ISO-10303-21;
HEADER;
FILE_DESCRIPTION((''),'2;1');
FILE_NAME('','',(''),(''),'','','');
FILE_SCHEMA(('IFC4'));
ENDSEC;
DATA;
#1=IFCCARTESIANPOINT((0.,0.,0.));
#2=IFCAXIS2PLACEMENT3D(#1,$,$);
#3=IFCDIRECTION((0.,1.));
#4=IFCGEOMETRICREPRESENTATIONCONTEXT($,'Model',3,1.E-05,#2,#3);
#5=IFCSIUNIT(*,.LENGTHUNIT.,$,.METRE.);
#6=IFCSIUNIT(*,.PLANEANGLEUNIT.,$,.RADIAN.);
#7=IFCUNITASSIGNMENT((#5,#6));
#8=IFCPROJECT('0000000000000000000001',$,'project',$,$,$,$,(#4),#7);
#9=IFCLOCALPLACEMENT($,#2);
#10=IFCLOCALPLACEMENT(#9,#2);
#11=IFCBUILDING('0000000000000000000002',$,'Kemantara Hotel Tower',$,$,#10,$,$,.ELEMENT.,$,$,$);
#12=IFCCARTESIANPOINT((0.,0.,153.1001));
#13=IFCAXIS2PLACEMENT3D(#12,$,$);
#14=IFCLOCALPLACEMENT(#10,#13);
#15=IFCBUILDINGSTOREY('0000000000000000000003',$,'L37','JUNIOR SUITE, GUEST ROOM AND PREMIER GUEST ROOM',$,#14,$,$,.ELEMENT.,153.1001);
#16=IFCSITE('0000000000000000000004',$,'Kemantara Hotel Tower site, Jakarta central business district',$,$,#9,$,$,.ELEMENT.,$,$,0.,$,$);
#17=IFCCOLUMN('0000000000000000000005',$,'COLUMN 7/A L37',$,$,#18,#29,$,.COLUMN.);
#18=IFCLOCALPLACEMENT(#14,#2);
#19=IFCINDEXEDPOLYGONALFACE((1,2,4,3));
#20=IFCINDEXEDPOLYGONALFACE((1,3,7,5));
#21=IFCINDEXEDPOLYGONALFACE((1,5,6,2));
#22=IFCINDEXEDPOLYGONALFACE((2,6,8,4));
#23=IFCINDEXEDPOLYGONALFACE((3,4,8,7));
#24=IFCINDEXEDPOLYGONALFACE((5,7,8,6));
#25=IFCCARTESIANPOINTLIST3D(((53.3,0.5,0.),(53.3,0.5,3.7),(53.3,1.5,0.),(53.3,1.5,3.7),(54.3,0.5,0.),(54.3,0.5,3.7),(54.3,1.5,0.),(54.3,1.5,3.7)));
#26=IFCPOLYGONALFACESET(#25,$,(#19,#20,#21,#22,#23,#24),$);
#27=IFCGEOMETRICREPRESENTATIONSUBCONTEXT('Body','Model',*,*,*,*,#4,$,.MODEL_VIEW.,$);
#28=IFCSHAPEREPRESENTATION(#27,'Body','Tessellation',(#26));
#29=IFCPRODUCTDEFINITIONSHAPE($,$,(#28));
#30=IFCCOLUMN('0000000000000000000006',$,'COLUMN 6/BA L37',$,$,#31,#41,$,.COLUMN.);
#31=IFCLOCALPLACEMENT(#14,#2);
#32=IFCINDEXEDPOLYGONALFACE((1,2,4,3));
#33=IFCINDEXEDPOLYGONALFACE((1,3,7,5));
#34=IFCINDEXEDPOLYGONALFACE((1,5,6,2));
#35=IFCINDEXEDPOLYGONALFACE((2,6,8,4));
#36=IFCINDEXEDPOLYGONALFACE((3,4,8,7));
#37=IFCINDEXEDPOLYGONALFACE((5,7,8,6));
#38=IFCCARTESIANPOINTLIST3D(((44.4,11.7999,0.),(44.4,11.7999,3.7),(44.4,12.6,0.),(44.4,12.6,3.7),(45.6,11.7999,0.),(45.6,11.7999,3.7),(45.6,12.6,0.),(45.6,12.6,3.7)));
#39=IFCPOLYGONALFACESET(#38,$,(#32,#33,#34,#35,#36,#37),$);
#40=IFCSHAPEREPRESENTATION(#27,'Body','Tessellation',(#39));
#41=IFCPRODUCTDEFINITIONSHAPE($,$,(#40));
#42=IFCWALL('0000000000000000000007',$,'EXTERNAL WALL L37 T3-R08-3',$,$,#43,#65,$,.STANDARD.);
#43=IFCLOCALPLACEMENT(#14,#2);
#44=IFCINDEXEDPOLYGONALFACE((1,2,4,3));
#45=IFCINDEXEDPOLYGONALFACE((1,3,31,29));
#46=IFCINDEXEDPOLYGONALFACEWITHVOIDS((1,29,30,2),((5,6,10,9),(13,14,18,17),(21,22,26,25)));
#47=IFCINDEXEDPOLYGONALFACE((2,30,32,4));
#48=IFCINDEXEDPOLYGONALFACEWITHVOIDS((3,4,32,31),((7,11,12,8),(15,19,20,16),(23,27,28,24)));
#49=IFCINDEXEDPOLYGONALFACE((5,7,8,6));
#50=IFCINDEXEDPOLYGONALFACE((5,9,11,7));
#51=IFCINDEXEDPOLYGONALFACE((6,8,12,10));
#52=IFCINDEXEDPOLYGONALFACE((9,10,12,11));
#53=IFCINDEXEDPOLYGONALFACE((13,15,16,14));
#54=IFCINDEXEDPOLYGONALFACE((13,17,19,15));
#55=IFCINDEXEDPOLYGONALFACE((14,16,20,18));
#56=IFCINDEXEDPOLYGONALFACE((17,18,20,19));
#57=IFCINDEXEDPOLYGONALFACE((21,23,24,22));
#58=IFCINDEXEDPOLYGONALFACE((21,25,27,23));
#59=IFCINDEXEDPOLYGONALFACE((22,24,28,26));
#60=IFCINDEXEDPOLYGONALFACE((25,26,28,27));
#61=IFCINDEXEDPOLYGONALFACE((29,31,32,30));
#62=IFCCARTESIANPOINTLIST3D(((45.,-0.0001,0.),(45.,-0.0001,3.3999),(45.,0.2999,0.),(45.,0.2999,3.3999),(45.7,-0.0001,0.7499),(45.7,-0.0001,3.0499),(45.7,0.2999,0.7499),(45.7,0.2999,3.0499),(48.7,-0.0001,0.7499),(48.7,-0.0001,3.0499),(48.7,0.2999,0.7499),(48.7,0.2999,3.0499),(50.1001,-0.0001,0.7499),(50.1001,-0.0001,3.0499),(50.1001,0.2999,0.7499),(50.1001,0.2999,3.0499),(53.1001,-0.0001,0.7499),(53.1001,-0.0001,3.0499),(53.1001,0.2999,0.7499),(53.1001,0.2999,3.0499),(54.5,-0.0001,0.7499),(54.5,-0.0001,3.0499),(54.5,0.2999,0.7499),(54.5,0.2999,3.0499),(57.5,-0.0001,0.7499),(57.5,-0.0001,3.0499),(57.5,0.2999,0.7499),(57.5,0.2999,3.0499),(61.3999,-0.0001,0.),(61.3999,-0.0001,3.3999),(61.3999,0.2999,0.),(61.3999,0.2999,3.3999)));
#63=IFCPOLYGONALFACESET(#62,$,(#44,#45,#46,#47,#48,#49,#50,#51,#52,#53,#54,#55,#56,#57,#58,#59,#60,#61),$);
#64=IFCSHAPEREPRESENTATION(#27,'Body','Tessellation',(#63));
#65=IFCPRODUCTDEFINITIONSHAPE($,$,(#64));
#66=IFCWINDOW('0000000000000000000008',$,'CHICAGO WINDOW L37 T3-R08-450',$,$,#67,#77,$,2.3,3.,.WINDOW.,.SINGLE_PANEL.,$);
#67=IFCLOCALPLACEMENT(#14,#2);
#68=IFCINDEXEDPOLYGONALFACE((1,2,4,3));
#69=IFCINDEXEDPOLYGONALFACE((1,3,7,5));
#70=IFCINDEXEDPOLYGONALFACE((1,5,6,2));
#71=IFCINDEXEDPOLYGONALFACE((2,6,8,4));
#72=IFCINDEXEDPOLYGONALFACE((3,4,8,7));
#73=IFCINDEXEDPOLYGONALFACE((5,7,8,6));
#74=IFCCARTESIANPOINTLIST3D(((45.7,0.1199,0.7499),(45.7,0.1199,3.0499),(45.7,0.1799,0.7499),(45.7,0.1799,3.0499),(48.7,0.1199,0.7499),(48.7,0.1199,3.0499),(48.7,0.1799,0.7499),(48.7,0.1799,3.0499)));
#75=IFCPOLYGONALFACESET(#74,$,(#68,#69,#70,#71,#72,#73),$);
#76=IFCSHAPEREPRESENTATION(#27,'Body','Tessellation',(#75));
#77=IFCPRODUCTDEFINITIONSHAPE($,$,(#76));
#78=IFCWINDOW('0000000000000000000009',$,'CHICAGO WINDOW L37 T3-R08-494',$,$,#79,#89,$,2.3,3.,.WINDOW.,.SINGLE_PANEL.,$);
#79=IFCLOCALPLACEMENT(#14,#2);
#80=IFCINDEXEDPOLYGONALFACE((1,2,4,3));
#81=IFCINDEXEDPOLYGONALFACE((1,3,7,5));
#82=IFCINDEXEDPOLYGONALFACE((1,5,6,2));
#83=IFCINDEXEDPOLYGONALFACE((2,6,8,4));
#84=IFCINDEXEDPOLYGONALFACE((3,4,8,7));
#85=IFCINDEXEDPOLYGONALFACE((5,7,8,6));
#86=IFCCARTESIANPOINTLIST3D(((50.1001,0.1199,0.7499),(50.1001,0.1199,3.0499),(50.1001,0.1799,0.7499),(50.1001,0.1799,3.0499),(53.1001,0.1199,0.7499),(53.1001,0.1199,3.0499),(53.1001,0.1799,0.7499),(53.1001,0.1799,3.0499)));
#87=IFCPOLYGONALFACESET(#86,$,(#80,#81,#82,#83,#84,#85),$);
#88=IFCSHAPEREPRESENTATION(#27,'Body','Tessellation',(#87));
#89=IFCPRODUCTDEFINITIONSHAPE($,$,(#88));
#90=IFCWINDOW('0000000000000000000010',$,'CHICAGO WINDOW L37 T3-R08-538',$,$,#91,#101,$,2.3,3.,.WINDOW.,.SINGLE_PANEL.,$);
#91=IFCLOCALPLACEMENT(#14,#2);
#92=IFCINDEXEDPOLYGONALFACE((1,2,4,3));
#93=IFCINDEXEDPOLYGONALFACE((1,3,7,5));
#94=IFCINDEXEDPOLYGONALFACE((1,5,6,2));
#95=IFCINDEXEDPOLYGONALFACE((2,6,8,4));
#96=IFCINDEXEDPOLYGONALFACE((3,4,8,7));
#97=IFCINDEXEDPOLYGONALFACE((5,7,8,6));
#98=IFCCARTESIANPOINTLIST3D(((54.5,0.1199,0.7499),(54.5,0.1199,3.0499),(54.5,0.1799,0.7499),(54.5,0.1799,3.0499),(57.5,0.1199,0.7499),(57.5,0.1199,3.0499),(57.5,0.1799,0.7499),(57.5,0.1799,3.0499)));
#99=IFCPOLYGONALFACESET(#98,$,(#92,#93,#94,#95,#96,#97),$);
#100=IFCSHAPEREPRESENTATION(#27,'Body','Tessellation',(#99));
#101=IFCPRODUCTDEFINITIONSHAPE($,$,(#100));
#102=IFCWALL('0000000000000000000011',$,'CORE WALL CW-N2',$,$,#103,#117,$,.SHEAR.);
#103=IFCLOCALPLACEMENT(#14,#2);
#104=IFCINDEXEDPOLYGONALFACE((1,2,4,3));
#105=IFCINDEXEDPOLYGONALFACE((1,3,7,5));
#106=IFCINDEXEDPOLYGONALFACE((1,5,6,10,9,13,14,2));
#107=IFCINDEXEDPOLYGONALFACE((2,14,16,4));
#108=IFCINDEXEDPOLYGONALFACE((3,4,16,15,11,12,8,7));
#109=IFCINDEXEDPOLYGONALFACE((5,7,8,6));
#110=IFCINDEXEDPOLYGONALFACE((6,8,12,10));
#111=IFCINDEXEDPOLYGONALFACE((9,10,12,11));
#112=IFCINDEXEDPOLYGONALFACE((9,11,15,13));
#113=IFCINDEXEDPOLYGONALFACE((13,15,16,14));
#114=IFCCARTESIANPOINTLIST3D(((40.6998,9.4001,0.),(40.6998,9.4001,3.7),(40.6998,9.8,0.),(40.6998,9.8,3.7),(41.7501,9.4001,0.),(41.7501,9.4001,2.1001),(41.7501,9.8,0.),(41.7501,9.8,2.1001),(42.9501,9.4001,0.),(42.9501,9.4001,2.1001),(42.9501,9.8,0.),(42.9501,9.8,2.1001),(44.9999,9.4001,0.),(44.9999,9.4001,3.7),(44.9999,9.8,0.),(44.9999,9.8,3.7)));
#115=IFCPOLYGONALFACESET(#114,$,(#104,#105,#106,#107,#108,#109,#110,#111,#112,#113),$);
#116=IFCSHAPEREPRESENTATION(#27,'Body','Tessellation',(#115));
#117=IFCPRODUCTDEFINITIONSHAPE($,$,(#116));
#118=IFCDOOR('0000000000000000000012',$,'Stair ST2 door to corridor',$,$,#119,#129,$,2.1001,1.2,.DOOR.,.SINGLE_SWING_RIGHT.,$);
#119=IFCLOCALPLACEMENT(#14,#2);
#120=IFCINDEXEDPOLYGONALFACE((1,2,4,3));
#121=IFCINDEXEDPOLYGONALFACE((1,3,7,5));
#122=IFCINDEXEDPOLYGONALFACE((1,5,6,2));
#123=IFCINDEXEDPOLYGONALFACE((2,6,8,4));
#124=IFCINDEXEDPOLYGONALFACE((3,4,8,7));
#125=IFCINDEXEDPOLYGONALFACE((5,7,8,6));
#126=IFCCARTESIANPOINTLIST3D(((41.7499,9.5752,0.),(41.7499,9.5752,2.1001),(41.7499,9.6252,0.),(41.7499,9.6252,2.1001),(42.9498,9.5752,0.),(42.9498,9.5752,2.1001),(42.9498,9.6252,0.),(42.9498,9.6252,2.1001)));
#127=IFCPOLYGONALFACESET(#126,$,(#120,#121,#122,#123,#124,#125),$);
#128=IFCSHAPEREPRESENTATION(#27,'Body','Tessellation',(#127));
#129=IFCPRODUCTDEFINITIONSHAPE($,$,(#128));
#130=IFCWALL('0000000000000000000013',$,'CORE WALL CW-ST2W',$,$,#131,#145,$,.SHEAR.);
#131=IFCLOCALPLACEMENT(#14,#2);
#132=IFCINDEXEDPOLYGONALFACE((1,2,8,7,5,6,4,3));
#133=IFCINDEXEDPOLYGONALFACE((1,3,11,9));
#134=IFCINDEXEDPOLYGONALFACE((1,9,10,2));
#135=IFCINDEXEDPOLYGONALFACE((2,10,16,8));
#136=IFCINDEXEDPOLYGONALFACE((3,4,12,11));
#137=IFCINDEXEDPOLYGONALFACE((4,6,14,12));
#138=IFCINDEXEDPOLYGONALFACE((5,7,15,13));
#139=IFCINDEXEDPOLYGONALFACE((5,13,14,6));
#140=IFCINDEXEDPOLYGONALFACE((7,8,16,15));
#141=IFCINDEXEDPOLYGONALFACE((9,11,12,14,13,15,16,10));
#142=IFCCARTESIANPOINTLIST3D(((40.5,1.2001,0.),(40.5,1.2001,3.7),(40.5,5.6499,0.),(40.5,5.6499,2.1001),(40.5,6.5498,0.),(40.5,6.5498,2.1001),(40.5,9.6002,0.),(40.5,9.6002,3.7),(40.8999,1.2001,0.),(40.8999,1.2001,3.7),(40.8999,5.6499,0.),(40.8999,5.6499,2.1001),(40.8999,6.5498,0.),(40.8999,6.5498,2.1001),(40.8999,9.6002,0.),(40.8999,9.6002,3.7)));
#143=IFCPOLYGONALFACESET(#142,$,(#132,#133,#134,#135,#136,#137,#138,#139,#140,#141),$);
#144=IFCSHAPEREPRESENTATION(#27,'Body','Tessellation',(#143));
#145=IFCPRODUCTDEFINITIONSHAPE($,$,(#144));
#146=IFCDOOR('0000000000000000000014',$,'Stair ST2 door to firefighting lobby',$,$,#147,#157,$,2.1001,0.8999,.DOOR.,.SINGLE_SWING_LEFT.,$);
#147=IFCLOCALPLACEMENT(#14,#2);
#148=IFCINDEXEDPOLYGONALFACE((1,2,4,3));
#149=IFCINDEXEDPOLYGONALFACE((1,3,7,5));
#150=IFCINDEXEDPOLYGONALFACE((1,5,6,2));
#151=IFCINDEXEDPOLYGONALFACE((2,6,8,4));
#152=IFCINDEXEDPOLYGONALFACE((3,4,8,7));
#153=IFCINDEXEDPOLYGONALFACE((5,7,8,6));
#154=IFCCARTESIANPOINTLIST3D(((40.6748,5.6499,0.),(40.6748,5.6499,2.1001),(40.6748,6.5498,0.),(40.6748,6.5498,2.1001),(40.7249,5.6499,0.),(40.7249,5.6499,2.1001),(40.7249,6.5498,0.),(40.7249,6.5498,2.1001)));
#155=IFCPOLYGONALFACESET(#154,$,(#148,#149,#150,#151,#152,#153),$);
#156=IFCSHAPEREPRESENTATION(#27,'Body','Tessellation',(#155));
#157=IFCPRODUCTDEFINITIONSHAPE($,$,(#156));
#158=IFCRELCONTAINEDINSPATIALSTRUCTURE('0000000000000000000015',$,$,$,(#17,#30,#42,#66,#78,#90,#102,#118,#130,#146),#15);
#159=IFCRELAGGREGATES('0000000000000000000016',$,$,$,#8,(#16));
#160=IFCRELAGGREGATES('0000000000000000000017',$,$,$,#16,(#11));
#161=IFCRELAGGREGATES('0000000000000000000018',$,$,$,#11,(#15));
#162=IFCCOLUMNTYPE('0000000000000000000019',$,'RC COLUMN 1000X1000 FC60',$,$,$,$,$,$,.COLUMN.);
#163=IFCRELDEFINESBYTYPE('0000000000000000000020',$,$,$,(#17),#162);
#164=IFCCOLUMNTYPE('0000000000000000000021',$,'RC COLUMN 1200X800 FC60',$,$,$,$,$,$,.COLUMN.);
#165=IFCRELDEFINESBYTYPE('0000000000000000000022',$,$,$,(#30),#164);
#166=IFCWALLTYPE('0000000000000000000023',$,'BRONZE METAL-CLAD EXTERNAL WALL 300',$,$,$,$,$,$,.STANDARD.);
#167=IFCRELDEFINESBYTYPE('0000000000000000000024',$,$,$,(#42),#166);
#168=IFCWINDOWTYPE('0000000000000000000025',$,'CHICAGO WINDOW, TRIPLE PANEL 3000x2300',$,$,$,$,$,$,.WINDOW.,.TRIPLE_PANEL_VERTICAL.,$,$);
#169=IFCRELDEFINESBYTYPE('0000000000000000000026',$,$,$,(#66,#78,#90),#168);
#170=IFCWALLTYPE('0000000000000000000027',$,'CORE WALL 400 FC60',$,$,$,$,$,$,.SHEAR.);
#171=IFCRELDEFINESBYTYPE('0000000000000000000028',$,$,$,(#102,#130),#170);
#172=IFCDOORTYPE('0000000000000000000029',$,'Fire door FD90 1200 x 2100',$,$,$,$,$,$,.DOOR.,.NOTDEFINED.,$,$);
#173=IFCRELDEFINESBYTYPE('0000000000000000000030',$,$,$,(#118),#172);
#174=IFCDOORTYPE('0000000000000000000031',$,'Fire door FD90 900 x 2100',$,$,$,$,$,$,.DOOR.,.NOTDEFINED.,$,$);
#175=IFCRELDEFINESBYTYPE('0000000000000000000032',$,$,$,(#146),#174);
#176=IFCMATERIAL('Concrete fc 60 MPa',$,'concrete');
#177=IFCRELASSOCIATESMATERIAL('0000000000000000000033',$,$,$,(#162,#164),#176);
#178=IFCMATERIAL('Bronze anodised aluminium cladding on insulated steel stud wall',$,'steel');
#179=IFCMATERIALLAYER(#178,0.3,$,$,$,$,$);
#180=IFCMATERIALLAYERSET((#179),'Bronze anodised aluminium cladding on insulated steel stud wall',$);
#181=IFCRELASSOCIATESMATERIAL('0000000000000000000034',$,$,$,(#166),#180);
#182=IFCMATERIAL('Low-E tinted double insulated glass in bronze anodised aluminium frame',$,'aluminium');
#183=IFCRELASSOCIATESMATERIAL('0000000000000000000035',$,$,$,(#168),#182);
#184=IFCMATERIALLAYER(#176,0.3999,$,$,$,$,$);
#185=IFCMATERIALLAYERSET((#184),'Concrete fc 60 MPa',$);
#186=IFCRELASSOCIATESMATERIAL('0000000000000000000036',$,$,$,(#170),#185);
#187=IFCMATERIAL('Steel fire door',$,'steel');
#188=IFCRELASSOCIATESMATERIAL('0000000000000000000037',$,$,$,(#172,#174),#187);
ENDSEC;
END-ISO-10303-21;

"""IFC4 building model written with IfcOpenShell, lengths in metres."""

from ifc_helpers import new_model, si_unit, direction, frame, frame_2d, origin, origin_2d, place, context, subcontext, project, spatial, rectangle, extrude, material, layer, layer_set, material_profile, profile_set, type_object, element, fill, save


model = new_model("IFC4")

# Units and contexts
model_context = context("Model", 3, precision=1e-05, world=origin(), true_north=direction((0.0, 1.0)))
body_context = subcontext(model_context, "Body", "Model", "MODEL_VIEW")
ifc_project = project(units=[si_unit("LENGTHUNIT", "METRE"), si_unit("PLANEANGLEUNIT", "RADIAN")], contexts=[model_context])

# Site, building, storey
site_placement = place(None, origin())
site = spatial("IfcSite", under=ifc_project, at=site_placement, Name="Kemantara Hotel Tower site, Jakarta central business district", CompositionType="ELEMENT", RefElevation=0.0)
building_placement = place(site_placement, origin())
building = spatial("IfcBuilding", under=site, at=building_placement, Name="Kemantara Hotel Tower", CompositionType="ELEMENT")
storey_placement = place(building_placement, frame((0.0, 0.0, 153.1001)))
storey = spatial("IfcBuildingStorey", under=building, at=storey_placement, Name="L37", Description="JUNIOR SUITE, GUEST ROOM AND PREMIER GUEST ROOM", CompositionType="ELEMENT", Elevation=153.1001)

# Columns
ifc_material_1 = material(Name="Concrete fc 60 MPa", Category="concrete")
ifc_material_profile_1 = material_profile(ifc_material_1, rectangle(XDim=1.0, YDim=1.0, at=origin_2d()), Name="RC 1000X1000")
ifc_profile_set_1 = profile_set([ifc_material_profile_1], Name="Concrete fc 60 MPa")
column_type_1 = type_object("IfcColumnType", Name="RC COLUMN 1000X1000 FC60", PredefinedType="COLUMN", material=ifc_profile_set_1)
column_1_placement = place(storey_placement, frame((53.8, 1.0, 0.0), z_axis=(0.0, 0.0, 1.0), x_axis=(1.0, 0.0, 0.0)))
element("IfcColumn", 1, at=column_1_placement, inside=storey, type_object=column_type_1, Name="COLUMN 7/A L37", PredefinedType="COLUMN", context=body_context, shape_type="SweptSolid", body=[
    extrude(rectangle(XDim=1.0, YDim=1.0, at=origin_2d()), origin(), (0.0, 0.0, 1.0), 3.7),
])
ifc_material_profile_2 = material_profile(ifc_material_1, rectangle(XDim=1.2, YDim=0.8, at=origin_2d()), Name="RC 1200X800")
ifc_profile_set_2 = profile_set([ifc_material_profile_2], Name="Concrete fc 60 MPa")
column_type_2 = type_object("IfcColumnType", Name="RC COLUMN 1200X800 FC60", PredefinedType="COLUMN", material=ifc_profile_set_2)
column_2_placement = place(storey_placement, frame((45.0, 12.2, 0.0), z_axis=(0.0, 0.0, 1.0), x_axis=(1.0, 0.0, 0.0)))
element("IfcColumn", 2, at=column_2_placement, inside=storey, type_object=column_type_2, Name="COLUMN 6/BA L37", PredefinedType="COLUMN", context=body_context, shape_type="SweptSolid", body=[
    extrude(rectangle(XDim=1.2, YDim=0.8, at=origin_2d()), origin(), (0.0, 0.0, 1.0), 3.7),
])

# Wall, openings, windows
ifc_material_2 = material(Name="Bronze anodised aluminium cladding on insulated steel stud wall", Category="steel")
ifc_layer_1 = layer(ifc_material_2, 0.3)
ifc_layer_set_1 = layer_set([ifc_layer_1], Name="Bronze anodised aluminium cladding on insulated steel stud wall")
wall_type_1 = type_object("IfcWallType", Name="BRONZE METAL-CLAD EXTERNAL WALL 300", PredefinedType="STANDARD", material=ifc_layer_set_1)
wall_1_placement = place(storey_placement, frame((45.0, 0.1499, 0.0), z_axis=(0.0, 0.0, 1.0), x_axis=(1.0, 0.0, 0.0)))
wall_1 = element("IfcWall", 3, at=wall_1_placement, inside=storey, type_object=wall_type_1, Name="EXTERNAL WALL L37 T3-R08-3", PredefinedType="STANDARD", context=body_context, shape_type="SweptSolid", body=[
    extrude(rectangle(XDim=16.3999, YDim=0.3, at=frame_2d((8.2, 0.0))), origin(), (0.0, 0.0, 1.0), 3.3999),
])
opening_1_placement = place(wall_1_placement, frame((0.7, 0.0, 0.75)))
opening_1 = element("IfcOpeningElement", 4, at=opening_1_placement, cuts=wall_1, PredefinedType="OPENING", context=body_context, shape_type="SweptSolid", body=[
    extrude(rectangle(XDim=3.0, YDim=2.3, at=frame_2d((1.5, 1.1499))), frame((0.0, 0.1599, 0.0), z_axis=(0.0, -1.0, 0.0), x_axis=(1.0, 0.0, 0.0)), (0.0, 0.0, 1.0), 0.3201),
])
opening_2_placement = place(wall_1_placement, frame((5.1001, 0.0, 0.75)))
opening_2 = element("IfcOpeningElement", 5, at=opening_2_placement, cuts=wall_1, PredefinedType="OPENING", context=body_context, shape_type="SweptSolid", body=[
    extrude(rectangle(XDim=3.0, YDim=2.3, at=frame_2d((1.5, 1.1499))), frame((0.0, 0.1599, 0.0), z_axis=(0.0, -1.0, 0.0), x_axis=(1.0, 0.0, 0.0)), (0.0, 0.0, 1.0), 0.3201),
])
opening_3_placement = place(wall_1_placement, frame((9.5, 0.0, 0.75)))
opening_3 = element("IfcOpeningElement", 6, at=opening_3_placement, cuts=wall_1, PredefinedType="OPENING", context=body_context, shape_type="SweptSolid", body=[
    extrude(rectangle(XDim=3.0, YDim=2.3, at=frame_2d((1.5, 1.1499))), frame((0.0, 0.1599, 0.0), z_axis=(0.0, -1.0, 0.0), x_axis=(1.0, 0.0, 0.0)), (0.0, 0.0, 1.0), 0.3201),
])
ifc_material_3 = material(Name="Low-E tinted double insulated glass in bronze anodised aluminium frame", Category="aluminium")
window_type = type_object("IfcWindowType", Name="CHICAGO WINDOW, TRIPLE PANEL 3000x2300", PartitioningType="TRIPLE_PANEL_VERTICAL", PredefinedType="WINDOW", material=ifc_material_3)
window_1_placement = place(opening_1_placement, origin())
window_1 = element("IfcWindow", 7, at=window_1_placement, inside=storey, type_object=window_type, Name="CHICAGO WINDOW L37 T3-R08-450", OverallHeight=2.3, OverallWidth=3.0, PartitioningType="SINGLE_PANEL", PredefinedType="WINDOW", context=body_context, shape_type="SweptSolid", body=[
    extrude(rectangle(XDim=3.0, YDim=2.3, at=frame_2d((1.5, 1.1499))), frame((0.0, 0.03, 0.0), z_axis=(0.0, -1.0, 0.0), x_axis=(1.0, 0.0, 0.0)), (0.0, 0.0, 1.0), 0.0601),
])
fill(opening_1, window_1)
window_2_placement = place(opening_2_placement, origin())
window_2 = element("IfcWindow", 8, at=window_2_placement, inside=storey, type_object=window_type, Name="CHICAGO WINDOW L37 T3-R08-494", OverallHeight=2.3, OverallWidth=3.0, PartitioningType="SINGLE_PANEL", PredefinedType="WINDOW", context=body_context, shape_type="SweptSolid", body=[
    extrude(rectangle(XDim=3.0, YDim=2.3, at=frame_2d((1.5, 1.1499))), frame((0.0, 0.03, 0.0), z_axis=(0.0, -1.0, 0.0), x_axis=(1.0, 0.0, 0.0)), (0.0, 0.0, 1.0), 0.0601),
])
fill(opening_2, window_2)
window_3_placement = place(opening_3_placement, origin())
window_3 = element("IfcWindow", 9, at=window_3_placement, inside=storey, type_object=window_type, Name="CHICAGO WINDOW L37 T3-R08-538", OverallHeight=2.3, OverallWidth=3.0, PartitioningType="SINGLE_PANEL", PredefinedType="WINDOW", context=body_context, shape_type="SweptSolid", body=[
    extrude(rectangle(XDim=3.0, YDim=2.3, at=frame_2d((1.5, 1.1499))), frame((0.0, 0.03, 0.0), z_axis=(0.0, -1.0, 0.0), x_axis=(1.0, 0.0, 0.0)), (0.0, 0.0, 1.0), 0.0601),
])
fill(opening_3, window_3)

# Walls, openings, doors
ifc_layer_2 = layer(ifc_material_1, 0.3999)
ifc_layer_set_2 = layer_set([ifc_layer_2], Name="Concrete fc 60 MPa")
wall_type_2 = type_object("IfcWallType", Name="CORE WALL 400 FC60", PredefinedType="SHEAR", material=ifc_layer_set_2)
wall_2_placement = place(storey_placement, frame((40.7, 9.6001, 0.0), z_axis=(0.0, 0.0, 1.0), x_axis=(1.0, 0.0, 0.0)))
wall_2 = element("IfcWall", 10, at=wall_2_placement, inside=storey, type_object=wall_type_2, Name="CORE WALL CW-N2", PredefinedType="SHEAR", context=body_context, shape_type="SweptSolid", body=[
    extrude(rectangle(XDim=4.3, YDim=0.3999, at=frame_2d((2.1499, 0.0))), origin(), (0.0, 0.0, 1.0), 3.7),
])
opening_4_placement = place(wall_2_placement, frame((1.05, 0.0, 0.0)))
opening_4 = element("IfcOpeningElement", 11, at=opening_4_placement, cuts=wall_2, PredefinedType="OPENING", context=body_context, shape_type="SweptSolid", body=[
    extrude(rectangle(XDim=1.2, YDim=2.1001, at=frame_2d((0.6001, 1.05))), frame((0.0, 0.21, 0.0), z_axis=(0.0, -1.0, 0.0), x_axis=(1.0, 0.0, 0.0)), (0.0, 0.0, 1.0), 0.4199),
])
ifc_material_4 = material(Name="Steel fire door", Category="steel")
door_type_1 = type_object("IfcDoorType", Name="Fire door FD90 1200 x 2100", OperationType="NOTDEFINED", PredefinedType="DOOR", material=ifc_material_4)
door_1_placement = place(opening_4_placement, frame((1.2, 0.0, 0.0), z_axis=(0.0, 0.0, 1.0), x_axis=(-1.0, 0.0, 0.0)))
door_1 = element("IfcDoor", 12, at=door_1_placement, inside=storey, type_object=door_type_1, Name="Stair ST2 door to corridor", OperationType="SINGLE_SWING_RIGHT", OverallHeight=2.1001, OverallWidth=1.2, PredefinedType="DOOR", context=body_context, shape_type="SweptSolid", body=[
    extrude(rectangle(XDim=1.2, YDim=2.1001, at=frame_2d((0.6001, 1.05))), frame((0.0, 0.0249, 0.0), z_axis=(0.0, -1.0, 0.0), x_axis=(1.0, 0.0, 0.0)), (0.0, 0.0, 1.0), 0.05),
])
fill(opening_4, door_1)
wall_3_placement = place(storey_placement, frame((40.7, 1.2, 0.0), z_axis=(0.0, 0.0, 1.0), x_axis=(0.0, 1.0, 0.0)))
wall_3 = element("IfcWall", 13, at=wall_3_placement, inside=storey, type_object=wall_type_2, Name="CORE WALL CW-ST2W", PredefinedType="SHEAR", context=body_context, shape_type="SweptSolid", body=[
    extrude(rectangle(XDim=8.4001, YDim=0.3999, at=frame_2d((4.2002, 0.0))), origin(), (0.0, 0.0, 1.0), 3.7),
])
opening_5_placement = place(wall_3_placement, frame((4.45, 0.0, 0.0)))
opening_5 = element("IfcOpeningElement", 14, at=opening_5_placement, cuts=wall_3, PredefinedType="OPENING", context=body_context, shape_type="SweptSolid", body=[
    extrude(rectangle(XDim=0.8999, YDim=2.1001, at=frame_2d((0.45, 1.05))), frame((0.0, 0.21, 0.0), z_axis=(0.0, -1.0, 0.0), x_axis=(1.0, 0.0, 0.0)), (0.0, 0.0, 1.0), 0.4199),
])
door_type_2 = type_object("IfcDoorType", Name="Fire door FD90 900 x 2100", OperationType="NOTDEFINED", PredefinedType="DOOR", material=ifc_material_4)
door_2_placement = place(opening_5_placement, frame((0.8999, 0.0, 0.0), z_axis=(0.0, 0.0, 1.0), x_axis=(-1.0, 0.0, 0.0)))
door_2 = element("IfcDoor", 15, at=door_2_placement, inside=storey, type_object=door_type_2, Name="Stair ST2 door to firefighting lobby", OperationType="SINGLE_SWING_LEFT", OverallHeight=2.1001, OverallWidth=0.8999, PredefinedType="DOOR", context=body_context, shape_type="SweptSolid", body=[
    extrude(rectangle(XDim=0.8999, YDim=2.1001, at=frame_2d((0.45, 1.05))), frame((0.0, 0.0249, 0.0), z_axis=(0.0, -1.0, 0.0), x_axis=(1.0, 0.0, 0.0)), (0.0, 0.0, 1.0), 0.05),
])
fill(opening_5, door_2)

save(model, "model.ifc")
